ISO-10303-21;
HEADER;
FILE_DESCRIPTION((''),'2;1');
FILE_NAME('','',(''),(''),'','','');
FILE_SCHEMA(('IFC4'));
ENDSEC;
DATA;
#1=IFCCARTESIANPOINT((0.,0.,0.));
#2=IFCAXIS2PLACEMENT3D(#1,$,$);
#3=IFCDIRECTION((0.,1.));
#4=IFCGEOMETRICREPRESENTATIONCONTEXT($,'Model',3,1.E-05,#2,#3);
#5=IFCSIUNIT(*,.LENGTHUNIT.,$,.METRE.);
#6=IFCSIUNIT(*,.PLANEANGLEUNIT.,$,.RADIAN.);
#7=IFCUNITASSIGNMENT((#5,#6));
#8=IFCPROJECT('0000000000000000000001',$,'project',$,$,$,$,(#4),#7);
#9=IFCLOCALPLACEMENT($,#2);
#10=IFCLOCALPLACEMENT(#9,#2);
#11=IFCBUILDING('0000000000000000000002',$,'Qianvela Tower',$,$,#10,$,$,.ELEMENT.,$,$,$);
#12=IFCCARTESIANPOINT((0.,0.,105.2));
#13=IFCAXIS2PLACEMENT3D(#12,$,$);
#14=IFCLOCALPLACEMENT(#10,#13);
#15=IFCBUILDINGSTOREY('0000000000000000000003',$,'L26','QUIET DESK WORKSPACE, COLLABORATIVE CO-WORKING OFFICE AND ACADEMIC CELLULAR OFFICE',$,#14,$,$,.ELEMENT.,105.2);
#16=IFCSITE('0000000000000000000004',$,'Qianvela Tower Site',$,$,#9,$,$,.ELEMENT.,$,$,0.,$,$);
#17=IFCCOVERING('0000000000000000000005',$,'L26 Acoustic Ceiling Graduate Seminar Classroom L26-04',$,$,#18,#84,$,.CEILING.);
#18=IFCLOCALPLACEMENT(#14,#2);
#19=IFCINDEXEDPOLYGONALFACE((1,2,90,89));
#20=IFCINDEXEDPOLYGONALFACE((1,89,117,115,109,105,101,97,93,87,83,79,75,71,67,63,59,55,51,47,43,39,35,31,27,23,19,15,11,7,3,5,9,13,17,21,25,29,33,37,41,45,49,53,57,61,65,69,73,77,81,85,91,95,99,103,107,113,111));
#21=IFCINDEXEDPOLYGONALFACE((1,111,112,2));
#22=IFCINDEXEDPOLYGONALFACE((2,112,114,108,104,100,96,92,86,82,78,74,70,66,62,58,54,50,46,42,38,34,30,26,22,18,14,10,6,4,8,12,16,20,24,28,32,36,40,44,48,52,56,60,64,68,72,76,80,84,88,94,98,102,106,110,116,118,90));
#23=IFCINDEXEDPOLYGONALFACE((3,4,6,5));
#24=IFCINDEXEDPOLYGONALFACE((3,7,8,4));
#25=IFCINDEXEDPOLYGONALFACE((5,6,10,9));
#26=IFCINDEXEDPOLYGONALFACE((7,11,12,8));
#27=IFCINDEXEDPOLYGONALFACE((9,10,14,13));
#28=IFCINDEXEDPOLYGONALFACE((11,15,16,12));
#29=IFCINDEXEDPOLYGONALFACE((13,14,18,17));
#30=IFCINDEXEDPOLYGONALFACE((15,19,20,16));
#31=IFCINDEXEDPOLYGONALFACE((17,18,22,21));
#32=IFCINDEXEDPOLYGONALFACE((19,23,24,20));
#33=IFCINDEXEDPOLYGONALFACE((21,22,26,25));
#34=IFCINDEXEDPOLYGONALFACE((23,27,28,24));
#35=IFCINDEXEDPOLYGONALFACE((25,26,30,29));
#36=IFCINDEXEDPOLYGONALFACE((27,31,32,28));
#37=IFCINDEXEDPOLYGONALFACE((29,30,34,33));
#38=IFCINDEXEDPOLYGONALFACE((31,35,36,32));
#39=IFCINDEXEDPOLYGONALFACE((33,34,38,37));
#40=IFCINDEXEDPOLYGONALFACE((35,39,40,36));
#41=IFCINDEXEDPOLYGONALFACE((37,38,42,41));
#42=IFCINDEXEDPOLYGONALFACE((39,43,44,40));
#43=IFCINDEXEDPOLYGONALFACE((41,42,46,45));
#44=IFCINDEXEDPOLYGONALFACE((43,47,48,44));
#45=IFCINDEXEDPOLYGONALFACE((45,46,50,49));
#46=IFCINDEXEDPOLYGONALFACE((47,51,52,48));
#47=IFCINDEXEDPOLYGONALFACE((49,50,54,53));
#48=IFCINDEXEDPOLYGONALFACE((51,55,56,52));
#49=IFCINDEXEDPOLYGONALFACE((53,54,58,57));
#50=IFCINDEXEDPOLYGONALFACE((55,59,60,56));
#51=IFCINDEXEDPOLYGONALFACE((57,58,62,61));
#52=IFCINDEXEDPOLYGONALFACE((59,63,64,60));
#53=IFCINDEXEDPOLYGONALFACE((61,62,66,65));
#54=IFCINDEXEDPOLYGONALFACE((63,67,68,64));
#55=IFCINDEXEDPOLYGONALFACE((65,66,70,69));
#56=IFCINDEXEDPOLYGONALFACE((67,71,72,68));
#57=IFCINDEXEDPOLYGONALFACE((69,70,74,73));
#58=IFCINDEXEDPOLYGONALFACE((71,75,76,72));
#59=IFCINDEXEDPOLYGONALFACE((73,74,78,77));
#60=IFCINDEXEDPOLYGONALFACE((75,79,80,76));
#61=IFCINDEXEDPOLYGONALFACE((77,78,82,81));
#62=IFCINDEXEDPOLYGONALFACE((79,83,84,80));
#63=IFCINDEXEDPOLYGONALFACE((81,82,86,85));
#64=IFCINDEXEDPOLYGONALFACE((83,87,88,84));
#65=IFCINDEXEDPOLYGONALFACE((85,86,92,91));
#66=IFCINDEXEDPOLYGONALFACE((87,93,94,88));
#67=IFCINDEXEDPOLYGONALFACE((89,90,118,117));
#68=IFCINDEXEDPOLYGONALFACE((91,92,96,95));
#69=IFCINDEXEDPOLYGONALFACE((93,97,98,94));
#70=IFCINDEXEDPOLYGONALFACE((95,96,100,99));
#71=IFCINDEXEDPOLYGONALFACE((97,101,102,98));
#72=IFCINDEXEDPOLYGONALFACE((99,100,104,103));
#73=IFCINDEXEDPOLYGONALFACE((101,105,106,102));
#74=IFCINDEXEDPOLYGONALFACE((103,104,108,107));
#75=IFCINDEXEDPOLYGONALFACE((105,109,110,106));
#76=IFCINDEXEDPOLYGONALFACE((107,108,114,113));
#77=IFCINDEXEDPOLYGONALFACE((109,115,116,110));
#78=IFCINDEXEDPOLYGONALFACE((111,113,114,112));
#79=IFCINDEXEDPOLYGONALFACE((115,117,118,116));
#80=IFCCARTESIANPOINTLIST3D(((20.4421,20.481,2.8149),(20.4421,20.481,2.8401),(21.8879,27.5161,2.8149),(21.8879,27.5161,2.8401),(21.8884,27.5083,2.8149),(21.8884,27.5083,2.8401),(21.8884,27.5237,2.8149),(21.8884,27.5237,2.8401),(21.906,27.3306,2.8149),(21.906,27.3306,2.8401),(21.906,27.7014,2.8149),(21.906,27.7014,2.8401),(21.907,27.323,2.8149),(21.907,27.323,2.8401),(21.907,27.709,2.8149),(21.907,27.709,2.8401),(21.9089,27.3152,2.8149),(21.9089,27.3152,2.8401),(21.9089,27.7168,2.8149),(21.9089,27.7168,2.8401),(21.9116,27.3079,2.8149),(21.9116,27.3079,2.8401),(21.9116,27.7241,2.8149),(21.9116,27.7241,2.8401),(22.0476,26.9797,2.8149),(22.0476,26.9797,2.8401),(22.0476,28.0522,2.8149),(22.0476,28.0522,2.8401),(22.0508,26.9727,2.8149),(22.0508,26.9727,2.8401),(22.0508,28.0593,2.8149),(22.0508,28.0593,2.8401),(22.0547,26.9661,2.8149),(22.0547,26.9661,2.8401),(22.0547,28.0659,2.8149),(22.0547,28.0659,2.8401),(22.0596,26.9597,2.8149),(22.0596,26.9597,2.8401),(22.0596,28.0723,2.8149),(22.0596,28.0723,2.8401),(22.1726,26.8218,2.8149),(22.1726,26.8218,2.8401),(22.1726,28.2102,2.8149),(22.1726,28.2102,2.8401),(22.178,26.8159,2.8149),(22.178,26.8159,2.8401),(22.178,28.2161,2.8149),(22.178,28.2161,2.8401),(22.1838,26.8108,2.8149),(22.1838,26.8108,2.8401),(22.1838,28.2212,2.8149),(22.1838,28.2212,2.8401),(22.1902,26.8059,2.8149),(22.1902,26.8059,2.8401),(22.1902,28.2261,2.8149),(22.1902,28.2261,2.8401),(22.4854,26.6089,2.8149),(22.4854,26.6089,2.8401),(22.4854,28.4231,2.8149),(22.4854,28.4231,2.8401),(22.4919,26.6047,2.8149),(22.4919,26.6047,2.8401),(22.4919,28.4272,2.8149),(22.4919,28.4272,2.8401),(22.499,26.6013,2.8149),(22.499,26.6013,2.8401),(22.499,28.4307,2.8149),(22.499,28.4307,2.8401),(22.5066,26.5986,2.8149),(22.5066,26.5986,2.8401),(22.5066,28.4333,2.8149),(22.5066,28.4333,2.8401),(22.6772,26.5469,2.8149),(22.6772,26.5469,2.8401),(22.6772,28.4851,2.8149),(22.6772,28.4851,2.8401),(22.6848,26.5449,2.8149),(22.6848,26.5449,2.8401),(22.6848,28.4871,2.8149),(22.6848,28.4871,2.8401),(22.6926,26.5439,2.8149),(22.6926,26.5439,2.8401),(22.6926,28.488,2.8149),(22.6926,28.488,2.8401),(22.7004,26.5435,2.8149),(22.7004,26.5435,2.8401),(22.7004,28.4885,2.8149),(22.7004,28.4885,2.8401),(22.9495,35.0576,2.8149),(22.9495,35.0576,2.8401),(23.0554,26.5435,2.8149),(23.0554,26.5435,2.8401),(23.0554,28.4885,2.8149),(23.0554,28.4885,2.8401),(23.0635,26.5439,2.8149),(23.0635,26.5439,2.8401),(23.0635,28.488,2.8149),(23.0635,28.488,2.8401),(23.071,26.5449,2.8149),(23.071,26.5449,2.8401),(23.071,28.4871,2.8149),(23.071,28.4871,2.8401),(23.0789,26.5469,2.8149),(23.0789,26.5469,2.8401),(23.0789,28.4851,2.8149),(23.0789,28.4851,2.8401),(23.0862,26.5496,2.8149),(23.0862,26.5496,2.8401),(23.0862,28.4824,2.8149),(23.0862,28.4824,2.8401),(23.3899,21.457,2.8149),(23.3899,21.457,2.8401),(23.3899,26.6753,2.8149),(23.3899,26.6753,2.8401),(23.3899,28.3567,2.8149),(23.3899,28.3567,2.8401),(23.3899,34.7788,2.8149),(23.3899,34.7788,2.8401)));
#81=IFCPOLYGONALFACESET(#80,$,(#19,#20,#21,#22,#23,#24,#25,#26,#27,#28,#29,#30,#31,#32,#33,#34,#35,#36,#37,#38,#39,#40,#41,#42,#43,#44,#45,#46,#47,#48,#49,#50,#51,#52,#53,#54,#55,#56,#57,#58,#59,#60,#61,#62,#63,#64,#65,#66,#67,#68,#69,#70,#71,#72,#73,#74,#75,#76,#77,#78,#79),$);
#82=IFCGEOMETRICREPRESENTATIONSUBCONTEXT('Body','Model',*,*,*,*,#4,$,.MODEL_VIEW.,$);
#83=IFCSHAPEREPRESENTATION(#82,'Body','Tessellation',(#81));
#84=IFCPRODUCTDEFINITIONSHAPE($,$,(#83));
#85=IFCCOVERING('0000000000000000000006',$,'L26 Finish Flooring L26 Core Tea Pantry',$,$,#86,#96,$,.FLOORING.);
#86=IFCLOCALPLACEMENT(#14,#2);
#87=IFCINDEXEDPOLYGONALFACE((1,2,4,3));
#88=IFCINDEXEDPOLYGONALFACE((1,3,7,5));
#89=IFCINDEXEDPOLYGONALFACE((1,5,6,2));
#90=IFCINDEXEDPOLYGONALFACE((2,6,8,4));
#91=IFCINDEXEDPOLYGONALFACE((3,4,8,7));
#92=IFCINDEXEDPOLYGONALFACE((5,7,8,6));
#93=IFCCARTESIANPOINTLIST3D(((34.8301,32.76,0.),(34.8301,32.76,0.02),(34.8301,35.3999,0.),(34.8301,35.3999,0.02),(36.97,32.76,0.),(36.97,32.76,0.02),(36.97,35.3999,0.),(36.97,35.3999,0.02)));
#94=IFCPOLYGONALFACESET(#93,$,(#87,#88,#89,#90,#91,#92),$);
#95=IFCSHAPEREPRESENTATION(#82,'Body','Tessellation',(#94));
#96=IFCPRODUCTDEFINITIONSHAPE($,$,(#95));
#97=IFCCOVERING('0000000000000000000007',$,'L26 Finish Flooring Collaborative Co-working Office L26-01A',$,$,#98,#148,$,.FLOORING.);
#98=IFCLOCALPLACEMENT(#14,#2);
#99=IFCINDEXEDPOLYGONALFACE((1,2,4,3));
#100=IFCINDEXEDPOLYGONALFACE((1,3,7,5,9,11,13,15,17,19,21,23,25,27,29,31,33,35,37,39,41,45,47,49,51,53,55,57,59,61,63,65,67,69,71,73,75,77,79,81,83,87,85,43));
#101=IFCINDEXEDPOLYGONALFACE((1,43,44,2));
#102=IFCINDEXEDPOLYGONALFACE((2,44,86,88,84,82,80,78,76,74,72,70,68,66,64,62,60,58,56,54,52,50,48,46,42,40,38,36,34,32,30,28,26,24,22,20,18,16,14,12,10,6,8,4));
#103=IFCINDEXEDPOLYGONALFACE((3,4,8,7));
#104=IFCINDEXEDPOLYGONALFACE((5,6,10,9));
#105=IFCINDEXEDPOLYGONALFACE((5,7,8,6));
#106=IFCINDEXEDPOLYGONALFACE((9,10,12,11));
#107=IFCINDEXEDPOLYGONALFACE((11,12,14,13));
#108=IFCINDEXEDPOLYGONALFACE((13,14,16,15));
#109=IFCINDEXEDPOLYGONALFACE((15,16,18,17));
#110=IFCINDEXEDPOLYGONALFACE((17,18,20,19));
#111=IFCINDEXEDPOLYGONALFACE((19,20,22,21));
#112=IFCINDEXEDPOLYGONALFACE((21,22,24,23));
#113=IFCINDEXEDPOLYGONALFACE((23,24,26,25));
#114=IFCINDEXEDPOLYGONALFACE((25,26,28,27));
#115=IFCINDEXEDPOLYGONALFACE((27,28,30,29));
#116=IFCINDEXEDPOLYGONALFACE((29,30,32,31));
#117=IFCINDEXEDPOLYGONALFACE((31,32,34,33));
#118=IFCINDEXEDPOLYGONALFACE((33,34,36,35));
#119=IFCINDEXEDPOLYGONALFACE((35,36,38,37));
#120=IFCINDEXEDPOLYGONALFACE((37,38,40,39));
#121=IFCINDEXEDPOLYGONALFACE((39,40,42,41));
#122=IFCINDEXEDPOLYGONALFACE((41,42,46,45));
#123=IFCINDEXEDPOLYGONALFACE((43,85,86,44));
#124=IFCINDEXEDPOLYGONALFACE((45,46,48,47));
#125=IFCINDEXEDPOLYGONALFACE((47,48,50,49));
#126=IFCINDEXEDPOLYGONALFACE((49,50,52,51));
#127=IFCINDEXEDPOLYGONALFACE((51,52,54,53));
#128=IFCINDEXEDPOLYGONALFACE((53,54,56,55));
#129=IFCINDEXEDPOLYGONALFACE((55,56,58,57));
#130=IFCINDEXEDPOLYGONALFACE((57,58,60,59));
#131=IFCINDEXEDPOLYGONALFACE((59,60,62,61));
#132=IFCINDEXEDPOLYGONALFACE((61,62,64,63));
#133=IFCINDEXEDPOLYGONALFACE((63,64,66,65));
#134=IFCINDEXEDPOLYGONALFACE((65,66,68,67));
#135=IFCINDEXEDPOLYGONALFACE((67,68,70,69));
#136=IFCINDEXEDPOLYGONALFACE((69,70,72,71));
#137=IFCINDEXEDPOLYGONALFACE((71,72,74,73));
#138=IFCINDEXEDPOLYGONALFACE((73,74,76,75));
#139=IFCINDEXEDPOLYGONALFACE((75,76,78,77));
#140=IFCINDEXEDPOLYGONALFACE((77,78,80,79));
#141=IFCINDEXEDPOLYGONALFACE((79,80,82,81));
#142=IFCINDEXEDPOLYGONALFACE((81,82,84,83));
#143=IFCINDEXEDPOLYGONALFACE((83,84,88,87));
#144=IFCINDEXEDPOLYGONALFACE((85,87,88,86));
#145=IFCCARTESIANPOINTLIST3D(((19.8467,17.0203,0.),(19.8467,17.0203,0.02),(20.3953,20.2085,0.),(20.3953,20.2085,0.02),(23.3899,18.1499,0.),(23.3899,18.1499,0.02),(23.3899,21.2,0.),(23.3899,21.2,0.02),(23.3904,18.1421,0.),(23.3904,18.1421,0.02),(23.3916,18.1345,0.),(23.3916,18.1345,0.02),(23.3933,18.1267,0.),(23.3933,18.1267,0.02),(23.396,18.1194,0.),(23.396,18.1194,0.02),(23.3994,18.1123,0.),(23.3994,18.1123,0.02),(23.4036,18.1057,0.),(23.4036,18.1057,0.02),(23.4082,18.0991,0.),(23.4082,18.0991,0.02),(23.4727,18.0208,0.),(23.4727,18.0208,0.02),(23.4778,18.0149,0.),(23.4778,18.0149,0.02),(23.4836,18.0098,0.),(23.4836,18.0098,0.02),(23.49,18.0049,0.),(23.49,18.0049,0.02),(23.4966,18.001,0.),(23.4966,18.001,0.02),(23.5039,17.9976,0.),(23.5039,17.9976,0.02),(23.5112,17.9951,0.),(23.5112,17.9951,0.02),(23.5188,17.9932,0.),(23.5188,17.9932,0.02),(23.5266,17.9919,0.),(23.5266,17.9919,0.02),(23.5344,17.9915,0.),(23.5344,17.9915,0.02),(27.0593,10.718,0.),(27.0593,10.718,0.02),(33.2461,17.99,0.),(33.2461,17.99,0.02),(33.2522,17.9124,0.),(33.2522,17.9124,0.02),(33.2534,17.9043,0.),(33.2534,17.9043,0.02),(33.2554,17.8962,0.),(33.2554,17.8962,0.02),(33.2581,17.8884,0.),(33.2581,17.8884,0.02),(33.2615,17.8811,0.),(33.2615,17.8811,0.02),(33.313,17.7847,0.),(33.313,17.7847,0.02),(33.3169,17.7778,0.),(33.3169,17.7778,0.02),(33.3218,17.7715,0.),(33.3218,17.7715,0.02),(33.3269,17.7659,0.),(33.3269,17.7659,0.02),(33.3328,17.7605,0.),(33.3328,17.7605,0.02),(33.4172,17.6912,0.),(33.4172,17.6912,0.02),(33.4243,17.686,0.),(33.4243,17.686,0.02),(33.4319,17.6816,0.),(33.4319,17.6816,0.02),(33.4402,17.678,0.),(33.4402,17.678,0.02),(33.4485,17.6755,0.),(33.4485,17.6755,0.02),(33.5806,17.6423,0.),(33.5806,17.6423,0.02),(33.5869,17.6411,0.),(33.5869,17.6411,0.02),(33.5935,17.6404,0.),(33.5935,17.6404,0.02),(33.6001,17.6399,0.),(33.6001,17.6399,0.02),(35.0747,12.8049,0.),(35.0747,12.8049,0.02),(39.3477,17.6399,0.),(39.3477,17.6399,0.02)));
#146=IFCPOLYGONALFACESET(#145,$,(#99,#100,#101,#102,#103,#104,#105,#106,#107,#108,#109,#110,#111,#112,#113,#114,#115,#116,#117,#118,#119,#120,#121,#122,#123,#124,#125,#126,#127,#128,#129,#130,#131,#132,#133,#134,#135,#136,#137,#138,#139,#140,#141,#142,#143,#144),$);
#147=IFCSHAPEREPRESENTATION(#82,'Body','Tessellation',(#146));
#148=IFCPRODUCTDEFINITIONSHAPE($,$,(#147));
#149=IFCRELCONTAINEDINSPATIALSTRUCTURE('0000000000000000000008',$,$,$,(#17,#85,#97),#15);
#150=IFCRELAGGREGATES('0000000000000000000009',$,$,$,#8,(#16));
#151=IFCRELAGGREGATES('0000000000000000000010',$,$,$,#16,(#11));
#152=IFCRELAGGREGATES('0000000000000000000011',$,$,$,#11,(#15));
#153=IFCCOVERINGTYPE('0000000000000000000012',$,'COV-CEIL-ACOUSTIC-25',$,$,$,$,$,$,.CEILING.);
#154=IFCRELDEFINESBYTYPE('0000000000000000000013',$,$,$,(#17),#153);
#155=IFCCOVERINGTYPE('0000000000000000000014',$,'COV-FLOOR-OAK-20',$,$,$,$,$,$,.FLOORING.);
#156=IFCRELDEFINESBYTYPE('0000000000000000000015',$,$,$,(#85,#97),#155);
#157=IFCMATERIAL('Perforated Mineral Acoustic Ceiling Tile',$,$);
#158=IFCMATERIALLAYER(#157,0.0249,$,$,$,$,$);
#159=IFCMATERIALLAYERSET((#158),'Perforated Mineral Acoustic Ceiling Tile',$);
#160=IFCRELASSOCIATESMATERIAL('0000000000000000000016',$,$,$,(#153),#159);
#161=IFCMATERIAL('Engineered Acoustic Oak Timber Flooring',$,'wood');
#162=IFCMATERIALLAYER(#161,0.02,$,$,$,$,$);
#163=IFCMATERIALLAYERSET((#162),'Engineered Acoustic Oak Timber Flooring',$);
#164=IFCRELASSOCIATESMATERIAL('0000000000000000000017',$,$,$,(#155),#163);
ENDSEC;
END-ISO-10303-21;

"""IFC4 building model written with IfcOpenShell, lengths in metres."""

from ifc_helpers import new_model, si_unit, direction, frame, origin, place, context, subcontext, project, spatial, polyline, outline, extrude, material, layer, layer_set, type_object, element, save


model = new_model("IFC4")

# Units and contexts
model_context = context("Model", 3, precision=1e-05, world=origin(), true_north=direction((0.0, 1.0)))
body_context = subcontext(model_context, "Body", "Model", "MODEL_VIEW")
ifc_project = project(units=[si_unit("LENGTHUNIT", "METRE"), si_unit("PLANEANGLEUNIT", "RADIAN")], contexts=[model_context])

# Site, building, storey
site_placement = place(None, origin())
site = spatial("IfcSite", under=ifc_project, at=site_placement, Name="Qianvela Tower Site", CompositionType="ELEMENT", RefElevation=0.0)
building_placement = place(site_placement, origin())
building = spatial("IfcBuilding", under=site, at=building_placement, Name="Qianvela Tower", CompositionType="ELEMENT")
storey_placement = place(building_placement, frame((0.0, 0.0, 105.2)))
storey = spatial("IfcBuildingStorey", under=building, at=storey_placement, Name="L26", Description="QUIET DESK WORKSPACE, COLLABORATIVE CO-WORKING OFFICE AND ACADEMIC CELLULAR OFFICE", CompositionType="ELEMENT", Elevation=105.2)

# Coverings
ifc_material_1 = material(Name="Perforated Mineral Acoustic Ceiling Tile")
ifc_layer_1 = layer(ifc_material_1, 0.0249)
ifc_layer_set_1 = layer_set([ifc_layer_1], Name="Perforated Mineral Acoustic Ceiling Tile")
covering_type_1 = type_object("IfcCoveringType", Name="COV-CEIL-ACOUSTIC-25", PredefinedType="CEILING", material=ifc_layer_set_1)
covering_1_placement = place(storey_placement, frame((0.0, 0.0, 2.8149)))
element("IfcCovering", 1, at=covering_1_placement, inside=storey, type_object=covering_type_1, Name="L26 Acoustic Ceiling Graduate Seminar Classroom L26-04", PredefinedType="CEILING", context=body_context, shape_type="SweptSolid", body=[
    extrude(outline(polyline([(23.3899, 26.6753), (23.3899, 21.457), (20.4421, 20.481), (22.9495, 35.0576), (23.3899, 34.7788), (23.3899, 28.3567), (23.0862, 28.4824), (23.0789, 28.4851), (23.071, 28.4871), (23.0635, 28.488), (23.0554, 28.4885), (22.7004, 28.4885), (22.6926, 28.488), (22.6848, 28.4871), (22.6772, 28.4851), (22.5066, 28.4333), (22.499, 28.4307), (22.4919, 28.4272), (22.4854, 28.4231), (22.1902, 28.2261), (22.1838, 28.2212), (22.178, 28.2161), (22.1726, 28.2102), (22.0596, 28.0723), (22.0547, 28.0659), (22.0508, 28.0593), (22.0476, 28.0522), (21.9116, 27.7241), (21.9089, 27.7168), (21.907, 27.709), (21.906, 27.7014), (21.8884, 27.5237), (21.8879, 27.5161), (21.8884, 27.5083), (21.906, 27.3306), (21.907, 27.323), (21.9089, 27.3152), (21.9116, 27.3079), (22.0476, 26.9797), (22.0508, 26.9727), (22.0547, 26.9661), (22.0596, 26.9597), (22.1726, 26.8218), (22.178, 26.8159), (22.1838, 26.8108), (22.1902, 26.8059), (22.4854, 26.6089), (22.4919, 26.6047), (22.499, 26.6013), (22.5066, 26.5986), (22.6772, 26.5469), (22.6848, 26.5449), (22.6926, 26.5439), (22.7004, 26.5435), (23.0554, 26.5435), (23.0635, 26.5439), (23.071, 26.5449), (23.0789, 26.5469), (23.0862, 26.5496), (23.3899, 26.6753)])), origin(), (0.0, 0.0, 1.0), 0.0251),
])
ifc_material_2 = material(Name="Engineered Acoustic Oak Timber Flooring", Category="wood")
ifc_layer_2 = layer(ifc_material_2, 0.02)
ifc_layer_set_2 = layer_set([ifc_layer_2], Name="Engineered Acoustic Oak Timber Flooring")
covering_type_2 = type_object("IfcCoveringType", Name="COV-FLOOR-OAK-20", PredefinedType="FLOORING", material=ifc_layer_set_2)
covering_2_placement = place(storey_placement, origin())
element("IfcCovering", 2, at=covering_2_placement, inside=storey, type_object=covering_type_2, Name="L26 Finish Flooring L26 Core Tea Pantry", PredefinedType="FLOORING", context=body_context, shape_type="SweptSolid", body=[
    extrude(outline(polyline([(36.97, 32.76), (34.8301, 32.76), (34.8301, 35.3999), (36.97, 35.3999), (36.97, 32.76)])), origin(), (0.0, 0.0, 1.0), 0.02),
])
covering_3_placement = place(storey_placement, origin())
element("IfcCovering", 3, at=covering_3_placement, inside=storey, type_object=covering_type_2, Name="L26 Finish Flooring Collaborative Co-working Office L26-01A", PredefinedType="FLOORING", context=body_context, shape_type="SweptSolid", body=[
    extrude(outline(polyline([(23.3899, 18.1499), (23.3904, 18.1421), (23.3916, 18.1345), (23.3933, 18.1267), (23.396, 18.1194), (23.3994, 18.1123), (23.4036, 18.1057), (23.4082, 18.0991), (23.4727, 18.0208), (23.4778, 18.0149), (23.4836, 18.0098), (23.49, 18.0049), (23.4966, 18.001), (23.5039, 17.9976), (23.5112, 17.9951), (23.5188, 17.9932), (23.5266, 17.9919), (23.5344, 17.9915), (33.2461, 17.99), (33.2522, 17.9124), (33.2534, 17.9043), (33.2554, 17.8962), (33.2581, 17.8884), (33.2615, 17.8811), (33.313, 17.7847), (33.3169, 17.7778), (33.3218, 17.7715), (33.3269, 17.7659), (33.3328, 17.7605), (33.4172, 17.6912), (33.4243, 17.686), (33.4319, 17.6816), (33.4402, 17.678), (33.4485, 17.6755), (33.5806, 17.6423), (33.5869, 17.6411), (33.5935, 17.6404), (33.6001, 17.6399), (39.3477, 17.6399), (35.0747, 12.8049), (27.0593, 10.718), (19.8467, 17.0203), (20.3953, 20.2085), (23.3899, 21.2), (23.3899, 18.1499)])), origin(), (0.0, 0.0, 1.0), 0.02),
])

save(model, "model.ifc")
